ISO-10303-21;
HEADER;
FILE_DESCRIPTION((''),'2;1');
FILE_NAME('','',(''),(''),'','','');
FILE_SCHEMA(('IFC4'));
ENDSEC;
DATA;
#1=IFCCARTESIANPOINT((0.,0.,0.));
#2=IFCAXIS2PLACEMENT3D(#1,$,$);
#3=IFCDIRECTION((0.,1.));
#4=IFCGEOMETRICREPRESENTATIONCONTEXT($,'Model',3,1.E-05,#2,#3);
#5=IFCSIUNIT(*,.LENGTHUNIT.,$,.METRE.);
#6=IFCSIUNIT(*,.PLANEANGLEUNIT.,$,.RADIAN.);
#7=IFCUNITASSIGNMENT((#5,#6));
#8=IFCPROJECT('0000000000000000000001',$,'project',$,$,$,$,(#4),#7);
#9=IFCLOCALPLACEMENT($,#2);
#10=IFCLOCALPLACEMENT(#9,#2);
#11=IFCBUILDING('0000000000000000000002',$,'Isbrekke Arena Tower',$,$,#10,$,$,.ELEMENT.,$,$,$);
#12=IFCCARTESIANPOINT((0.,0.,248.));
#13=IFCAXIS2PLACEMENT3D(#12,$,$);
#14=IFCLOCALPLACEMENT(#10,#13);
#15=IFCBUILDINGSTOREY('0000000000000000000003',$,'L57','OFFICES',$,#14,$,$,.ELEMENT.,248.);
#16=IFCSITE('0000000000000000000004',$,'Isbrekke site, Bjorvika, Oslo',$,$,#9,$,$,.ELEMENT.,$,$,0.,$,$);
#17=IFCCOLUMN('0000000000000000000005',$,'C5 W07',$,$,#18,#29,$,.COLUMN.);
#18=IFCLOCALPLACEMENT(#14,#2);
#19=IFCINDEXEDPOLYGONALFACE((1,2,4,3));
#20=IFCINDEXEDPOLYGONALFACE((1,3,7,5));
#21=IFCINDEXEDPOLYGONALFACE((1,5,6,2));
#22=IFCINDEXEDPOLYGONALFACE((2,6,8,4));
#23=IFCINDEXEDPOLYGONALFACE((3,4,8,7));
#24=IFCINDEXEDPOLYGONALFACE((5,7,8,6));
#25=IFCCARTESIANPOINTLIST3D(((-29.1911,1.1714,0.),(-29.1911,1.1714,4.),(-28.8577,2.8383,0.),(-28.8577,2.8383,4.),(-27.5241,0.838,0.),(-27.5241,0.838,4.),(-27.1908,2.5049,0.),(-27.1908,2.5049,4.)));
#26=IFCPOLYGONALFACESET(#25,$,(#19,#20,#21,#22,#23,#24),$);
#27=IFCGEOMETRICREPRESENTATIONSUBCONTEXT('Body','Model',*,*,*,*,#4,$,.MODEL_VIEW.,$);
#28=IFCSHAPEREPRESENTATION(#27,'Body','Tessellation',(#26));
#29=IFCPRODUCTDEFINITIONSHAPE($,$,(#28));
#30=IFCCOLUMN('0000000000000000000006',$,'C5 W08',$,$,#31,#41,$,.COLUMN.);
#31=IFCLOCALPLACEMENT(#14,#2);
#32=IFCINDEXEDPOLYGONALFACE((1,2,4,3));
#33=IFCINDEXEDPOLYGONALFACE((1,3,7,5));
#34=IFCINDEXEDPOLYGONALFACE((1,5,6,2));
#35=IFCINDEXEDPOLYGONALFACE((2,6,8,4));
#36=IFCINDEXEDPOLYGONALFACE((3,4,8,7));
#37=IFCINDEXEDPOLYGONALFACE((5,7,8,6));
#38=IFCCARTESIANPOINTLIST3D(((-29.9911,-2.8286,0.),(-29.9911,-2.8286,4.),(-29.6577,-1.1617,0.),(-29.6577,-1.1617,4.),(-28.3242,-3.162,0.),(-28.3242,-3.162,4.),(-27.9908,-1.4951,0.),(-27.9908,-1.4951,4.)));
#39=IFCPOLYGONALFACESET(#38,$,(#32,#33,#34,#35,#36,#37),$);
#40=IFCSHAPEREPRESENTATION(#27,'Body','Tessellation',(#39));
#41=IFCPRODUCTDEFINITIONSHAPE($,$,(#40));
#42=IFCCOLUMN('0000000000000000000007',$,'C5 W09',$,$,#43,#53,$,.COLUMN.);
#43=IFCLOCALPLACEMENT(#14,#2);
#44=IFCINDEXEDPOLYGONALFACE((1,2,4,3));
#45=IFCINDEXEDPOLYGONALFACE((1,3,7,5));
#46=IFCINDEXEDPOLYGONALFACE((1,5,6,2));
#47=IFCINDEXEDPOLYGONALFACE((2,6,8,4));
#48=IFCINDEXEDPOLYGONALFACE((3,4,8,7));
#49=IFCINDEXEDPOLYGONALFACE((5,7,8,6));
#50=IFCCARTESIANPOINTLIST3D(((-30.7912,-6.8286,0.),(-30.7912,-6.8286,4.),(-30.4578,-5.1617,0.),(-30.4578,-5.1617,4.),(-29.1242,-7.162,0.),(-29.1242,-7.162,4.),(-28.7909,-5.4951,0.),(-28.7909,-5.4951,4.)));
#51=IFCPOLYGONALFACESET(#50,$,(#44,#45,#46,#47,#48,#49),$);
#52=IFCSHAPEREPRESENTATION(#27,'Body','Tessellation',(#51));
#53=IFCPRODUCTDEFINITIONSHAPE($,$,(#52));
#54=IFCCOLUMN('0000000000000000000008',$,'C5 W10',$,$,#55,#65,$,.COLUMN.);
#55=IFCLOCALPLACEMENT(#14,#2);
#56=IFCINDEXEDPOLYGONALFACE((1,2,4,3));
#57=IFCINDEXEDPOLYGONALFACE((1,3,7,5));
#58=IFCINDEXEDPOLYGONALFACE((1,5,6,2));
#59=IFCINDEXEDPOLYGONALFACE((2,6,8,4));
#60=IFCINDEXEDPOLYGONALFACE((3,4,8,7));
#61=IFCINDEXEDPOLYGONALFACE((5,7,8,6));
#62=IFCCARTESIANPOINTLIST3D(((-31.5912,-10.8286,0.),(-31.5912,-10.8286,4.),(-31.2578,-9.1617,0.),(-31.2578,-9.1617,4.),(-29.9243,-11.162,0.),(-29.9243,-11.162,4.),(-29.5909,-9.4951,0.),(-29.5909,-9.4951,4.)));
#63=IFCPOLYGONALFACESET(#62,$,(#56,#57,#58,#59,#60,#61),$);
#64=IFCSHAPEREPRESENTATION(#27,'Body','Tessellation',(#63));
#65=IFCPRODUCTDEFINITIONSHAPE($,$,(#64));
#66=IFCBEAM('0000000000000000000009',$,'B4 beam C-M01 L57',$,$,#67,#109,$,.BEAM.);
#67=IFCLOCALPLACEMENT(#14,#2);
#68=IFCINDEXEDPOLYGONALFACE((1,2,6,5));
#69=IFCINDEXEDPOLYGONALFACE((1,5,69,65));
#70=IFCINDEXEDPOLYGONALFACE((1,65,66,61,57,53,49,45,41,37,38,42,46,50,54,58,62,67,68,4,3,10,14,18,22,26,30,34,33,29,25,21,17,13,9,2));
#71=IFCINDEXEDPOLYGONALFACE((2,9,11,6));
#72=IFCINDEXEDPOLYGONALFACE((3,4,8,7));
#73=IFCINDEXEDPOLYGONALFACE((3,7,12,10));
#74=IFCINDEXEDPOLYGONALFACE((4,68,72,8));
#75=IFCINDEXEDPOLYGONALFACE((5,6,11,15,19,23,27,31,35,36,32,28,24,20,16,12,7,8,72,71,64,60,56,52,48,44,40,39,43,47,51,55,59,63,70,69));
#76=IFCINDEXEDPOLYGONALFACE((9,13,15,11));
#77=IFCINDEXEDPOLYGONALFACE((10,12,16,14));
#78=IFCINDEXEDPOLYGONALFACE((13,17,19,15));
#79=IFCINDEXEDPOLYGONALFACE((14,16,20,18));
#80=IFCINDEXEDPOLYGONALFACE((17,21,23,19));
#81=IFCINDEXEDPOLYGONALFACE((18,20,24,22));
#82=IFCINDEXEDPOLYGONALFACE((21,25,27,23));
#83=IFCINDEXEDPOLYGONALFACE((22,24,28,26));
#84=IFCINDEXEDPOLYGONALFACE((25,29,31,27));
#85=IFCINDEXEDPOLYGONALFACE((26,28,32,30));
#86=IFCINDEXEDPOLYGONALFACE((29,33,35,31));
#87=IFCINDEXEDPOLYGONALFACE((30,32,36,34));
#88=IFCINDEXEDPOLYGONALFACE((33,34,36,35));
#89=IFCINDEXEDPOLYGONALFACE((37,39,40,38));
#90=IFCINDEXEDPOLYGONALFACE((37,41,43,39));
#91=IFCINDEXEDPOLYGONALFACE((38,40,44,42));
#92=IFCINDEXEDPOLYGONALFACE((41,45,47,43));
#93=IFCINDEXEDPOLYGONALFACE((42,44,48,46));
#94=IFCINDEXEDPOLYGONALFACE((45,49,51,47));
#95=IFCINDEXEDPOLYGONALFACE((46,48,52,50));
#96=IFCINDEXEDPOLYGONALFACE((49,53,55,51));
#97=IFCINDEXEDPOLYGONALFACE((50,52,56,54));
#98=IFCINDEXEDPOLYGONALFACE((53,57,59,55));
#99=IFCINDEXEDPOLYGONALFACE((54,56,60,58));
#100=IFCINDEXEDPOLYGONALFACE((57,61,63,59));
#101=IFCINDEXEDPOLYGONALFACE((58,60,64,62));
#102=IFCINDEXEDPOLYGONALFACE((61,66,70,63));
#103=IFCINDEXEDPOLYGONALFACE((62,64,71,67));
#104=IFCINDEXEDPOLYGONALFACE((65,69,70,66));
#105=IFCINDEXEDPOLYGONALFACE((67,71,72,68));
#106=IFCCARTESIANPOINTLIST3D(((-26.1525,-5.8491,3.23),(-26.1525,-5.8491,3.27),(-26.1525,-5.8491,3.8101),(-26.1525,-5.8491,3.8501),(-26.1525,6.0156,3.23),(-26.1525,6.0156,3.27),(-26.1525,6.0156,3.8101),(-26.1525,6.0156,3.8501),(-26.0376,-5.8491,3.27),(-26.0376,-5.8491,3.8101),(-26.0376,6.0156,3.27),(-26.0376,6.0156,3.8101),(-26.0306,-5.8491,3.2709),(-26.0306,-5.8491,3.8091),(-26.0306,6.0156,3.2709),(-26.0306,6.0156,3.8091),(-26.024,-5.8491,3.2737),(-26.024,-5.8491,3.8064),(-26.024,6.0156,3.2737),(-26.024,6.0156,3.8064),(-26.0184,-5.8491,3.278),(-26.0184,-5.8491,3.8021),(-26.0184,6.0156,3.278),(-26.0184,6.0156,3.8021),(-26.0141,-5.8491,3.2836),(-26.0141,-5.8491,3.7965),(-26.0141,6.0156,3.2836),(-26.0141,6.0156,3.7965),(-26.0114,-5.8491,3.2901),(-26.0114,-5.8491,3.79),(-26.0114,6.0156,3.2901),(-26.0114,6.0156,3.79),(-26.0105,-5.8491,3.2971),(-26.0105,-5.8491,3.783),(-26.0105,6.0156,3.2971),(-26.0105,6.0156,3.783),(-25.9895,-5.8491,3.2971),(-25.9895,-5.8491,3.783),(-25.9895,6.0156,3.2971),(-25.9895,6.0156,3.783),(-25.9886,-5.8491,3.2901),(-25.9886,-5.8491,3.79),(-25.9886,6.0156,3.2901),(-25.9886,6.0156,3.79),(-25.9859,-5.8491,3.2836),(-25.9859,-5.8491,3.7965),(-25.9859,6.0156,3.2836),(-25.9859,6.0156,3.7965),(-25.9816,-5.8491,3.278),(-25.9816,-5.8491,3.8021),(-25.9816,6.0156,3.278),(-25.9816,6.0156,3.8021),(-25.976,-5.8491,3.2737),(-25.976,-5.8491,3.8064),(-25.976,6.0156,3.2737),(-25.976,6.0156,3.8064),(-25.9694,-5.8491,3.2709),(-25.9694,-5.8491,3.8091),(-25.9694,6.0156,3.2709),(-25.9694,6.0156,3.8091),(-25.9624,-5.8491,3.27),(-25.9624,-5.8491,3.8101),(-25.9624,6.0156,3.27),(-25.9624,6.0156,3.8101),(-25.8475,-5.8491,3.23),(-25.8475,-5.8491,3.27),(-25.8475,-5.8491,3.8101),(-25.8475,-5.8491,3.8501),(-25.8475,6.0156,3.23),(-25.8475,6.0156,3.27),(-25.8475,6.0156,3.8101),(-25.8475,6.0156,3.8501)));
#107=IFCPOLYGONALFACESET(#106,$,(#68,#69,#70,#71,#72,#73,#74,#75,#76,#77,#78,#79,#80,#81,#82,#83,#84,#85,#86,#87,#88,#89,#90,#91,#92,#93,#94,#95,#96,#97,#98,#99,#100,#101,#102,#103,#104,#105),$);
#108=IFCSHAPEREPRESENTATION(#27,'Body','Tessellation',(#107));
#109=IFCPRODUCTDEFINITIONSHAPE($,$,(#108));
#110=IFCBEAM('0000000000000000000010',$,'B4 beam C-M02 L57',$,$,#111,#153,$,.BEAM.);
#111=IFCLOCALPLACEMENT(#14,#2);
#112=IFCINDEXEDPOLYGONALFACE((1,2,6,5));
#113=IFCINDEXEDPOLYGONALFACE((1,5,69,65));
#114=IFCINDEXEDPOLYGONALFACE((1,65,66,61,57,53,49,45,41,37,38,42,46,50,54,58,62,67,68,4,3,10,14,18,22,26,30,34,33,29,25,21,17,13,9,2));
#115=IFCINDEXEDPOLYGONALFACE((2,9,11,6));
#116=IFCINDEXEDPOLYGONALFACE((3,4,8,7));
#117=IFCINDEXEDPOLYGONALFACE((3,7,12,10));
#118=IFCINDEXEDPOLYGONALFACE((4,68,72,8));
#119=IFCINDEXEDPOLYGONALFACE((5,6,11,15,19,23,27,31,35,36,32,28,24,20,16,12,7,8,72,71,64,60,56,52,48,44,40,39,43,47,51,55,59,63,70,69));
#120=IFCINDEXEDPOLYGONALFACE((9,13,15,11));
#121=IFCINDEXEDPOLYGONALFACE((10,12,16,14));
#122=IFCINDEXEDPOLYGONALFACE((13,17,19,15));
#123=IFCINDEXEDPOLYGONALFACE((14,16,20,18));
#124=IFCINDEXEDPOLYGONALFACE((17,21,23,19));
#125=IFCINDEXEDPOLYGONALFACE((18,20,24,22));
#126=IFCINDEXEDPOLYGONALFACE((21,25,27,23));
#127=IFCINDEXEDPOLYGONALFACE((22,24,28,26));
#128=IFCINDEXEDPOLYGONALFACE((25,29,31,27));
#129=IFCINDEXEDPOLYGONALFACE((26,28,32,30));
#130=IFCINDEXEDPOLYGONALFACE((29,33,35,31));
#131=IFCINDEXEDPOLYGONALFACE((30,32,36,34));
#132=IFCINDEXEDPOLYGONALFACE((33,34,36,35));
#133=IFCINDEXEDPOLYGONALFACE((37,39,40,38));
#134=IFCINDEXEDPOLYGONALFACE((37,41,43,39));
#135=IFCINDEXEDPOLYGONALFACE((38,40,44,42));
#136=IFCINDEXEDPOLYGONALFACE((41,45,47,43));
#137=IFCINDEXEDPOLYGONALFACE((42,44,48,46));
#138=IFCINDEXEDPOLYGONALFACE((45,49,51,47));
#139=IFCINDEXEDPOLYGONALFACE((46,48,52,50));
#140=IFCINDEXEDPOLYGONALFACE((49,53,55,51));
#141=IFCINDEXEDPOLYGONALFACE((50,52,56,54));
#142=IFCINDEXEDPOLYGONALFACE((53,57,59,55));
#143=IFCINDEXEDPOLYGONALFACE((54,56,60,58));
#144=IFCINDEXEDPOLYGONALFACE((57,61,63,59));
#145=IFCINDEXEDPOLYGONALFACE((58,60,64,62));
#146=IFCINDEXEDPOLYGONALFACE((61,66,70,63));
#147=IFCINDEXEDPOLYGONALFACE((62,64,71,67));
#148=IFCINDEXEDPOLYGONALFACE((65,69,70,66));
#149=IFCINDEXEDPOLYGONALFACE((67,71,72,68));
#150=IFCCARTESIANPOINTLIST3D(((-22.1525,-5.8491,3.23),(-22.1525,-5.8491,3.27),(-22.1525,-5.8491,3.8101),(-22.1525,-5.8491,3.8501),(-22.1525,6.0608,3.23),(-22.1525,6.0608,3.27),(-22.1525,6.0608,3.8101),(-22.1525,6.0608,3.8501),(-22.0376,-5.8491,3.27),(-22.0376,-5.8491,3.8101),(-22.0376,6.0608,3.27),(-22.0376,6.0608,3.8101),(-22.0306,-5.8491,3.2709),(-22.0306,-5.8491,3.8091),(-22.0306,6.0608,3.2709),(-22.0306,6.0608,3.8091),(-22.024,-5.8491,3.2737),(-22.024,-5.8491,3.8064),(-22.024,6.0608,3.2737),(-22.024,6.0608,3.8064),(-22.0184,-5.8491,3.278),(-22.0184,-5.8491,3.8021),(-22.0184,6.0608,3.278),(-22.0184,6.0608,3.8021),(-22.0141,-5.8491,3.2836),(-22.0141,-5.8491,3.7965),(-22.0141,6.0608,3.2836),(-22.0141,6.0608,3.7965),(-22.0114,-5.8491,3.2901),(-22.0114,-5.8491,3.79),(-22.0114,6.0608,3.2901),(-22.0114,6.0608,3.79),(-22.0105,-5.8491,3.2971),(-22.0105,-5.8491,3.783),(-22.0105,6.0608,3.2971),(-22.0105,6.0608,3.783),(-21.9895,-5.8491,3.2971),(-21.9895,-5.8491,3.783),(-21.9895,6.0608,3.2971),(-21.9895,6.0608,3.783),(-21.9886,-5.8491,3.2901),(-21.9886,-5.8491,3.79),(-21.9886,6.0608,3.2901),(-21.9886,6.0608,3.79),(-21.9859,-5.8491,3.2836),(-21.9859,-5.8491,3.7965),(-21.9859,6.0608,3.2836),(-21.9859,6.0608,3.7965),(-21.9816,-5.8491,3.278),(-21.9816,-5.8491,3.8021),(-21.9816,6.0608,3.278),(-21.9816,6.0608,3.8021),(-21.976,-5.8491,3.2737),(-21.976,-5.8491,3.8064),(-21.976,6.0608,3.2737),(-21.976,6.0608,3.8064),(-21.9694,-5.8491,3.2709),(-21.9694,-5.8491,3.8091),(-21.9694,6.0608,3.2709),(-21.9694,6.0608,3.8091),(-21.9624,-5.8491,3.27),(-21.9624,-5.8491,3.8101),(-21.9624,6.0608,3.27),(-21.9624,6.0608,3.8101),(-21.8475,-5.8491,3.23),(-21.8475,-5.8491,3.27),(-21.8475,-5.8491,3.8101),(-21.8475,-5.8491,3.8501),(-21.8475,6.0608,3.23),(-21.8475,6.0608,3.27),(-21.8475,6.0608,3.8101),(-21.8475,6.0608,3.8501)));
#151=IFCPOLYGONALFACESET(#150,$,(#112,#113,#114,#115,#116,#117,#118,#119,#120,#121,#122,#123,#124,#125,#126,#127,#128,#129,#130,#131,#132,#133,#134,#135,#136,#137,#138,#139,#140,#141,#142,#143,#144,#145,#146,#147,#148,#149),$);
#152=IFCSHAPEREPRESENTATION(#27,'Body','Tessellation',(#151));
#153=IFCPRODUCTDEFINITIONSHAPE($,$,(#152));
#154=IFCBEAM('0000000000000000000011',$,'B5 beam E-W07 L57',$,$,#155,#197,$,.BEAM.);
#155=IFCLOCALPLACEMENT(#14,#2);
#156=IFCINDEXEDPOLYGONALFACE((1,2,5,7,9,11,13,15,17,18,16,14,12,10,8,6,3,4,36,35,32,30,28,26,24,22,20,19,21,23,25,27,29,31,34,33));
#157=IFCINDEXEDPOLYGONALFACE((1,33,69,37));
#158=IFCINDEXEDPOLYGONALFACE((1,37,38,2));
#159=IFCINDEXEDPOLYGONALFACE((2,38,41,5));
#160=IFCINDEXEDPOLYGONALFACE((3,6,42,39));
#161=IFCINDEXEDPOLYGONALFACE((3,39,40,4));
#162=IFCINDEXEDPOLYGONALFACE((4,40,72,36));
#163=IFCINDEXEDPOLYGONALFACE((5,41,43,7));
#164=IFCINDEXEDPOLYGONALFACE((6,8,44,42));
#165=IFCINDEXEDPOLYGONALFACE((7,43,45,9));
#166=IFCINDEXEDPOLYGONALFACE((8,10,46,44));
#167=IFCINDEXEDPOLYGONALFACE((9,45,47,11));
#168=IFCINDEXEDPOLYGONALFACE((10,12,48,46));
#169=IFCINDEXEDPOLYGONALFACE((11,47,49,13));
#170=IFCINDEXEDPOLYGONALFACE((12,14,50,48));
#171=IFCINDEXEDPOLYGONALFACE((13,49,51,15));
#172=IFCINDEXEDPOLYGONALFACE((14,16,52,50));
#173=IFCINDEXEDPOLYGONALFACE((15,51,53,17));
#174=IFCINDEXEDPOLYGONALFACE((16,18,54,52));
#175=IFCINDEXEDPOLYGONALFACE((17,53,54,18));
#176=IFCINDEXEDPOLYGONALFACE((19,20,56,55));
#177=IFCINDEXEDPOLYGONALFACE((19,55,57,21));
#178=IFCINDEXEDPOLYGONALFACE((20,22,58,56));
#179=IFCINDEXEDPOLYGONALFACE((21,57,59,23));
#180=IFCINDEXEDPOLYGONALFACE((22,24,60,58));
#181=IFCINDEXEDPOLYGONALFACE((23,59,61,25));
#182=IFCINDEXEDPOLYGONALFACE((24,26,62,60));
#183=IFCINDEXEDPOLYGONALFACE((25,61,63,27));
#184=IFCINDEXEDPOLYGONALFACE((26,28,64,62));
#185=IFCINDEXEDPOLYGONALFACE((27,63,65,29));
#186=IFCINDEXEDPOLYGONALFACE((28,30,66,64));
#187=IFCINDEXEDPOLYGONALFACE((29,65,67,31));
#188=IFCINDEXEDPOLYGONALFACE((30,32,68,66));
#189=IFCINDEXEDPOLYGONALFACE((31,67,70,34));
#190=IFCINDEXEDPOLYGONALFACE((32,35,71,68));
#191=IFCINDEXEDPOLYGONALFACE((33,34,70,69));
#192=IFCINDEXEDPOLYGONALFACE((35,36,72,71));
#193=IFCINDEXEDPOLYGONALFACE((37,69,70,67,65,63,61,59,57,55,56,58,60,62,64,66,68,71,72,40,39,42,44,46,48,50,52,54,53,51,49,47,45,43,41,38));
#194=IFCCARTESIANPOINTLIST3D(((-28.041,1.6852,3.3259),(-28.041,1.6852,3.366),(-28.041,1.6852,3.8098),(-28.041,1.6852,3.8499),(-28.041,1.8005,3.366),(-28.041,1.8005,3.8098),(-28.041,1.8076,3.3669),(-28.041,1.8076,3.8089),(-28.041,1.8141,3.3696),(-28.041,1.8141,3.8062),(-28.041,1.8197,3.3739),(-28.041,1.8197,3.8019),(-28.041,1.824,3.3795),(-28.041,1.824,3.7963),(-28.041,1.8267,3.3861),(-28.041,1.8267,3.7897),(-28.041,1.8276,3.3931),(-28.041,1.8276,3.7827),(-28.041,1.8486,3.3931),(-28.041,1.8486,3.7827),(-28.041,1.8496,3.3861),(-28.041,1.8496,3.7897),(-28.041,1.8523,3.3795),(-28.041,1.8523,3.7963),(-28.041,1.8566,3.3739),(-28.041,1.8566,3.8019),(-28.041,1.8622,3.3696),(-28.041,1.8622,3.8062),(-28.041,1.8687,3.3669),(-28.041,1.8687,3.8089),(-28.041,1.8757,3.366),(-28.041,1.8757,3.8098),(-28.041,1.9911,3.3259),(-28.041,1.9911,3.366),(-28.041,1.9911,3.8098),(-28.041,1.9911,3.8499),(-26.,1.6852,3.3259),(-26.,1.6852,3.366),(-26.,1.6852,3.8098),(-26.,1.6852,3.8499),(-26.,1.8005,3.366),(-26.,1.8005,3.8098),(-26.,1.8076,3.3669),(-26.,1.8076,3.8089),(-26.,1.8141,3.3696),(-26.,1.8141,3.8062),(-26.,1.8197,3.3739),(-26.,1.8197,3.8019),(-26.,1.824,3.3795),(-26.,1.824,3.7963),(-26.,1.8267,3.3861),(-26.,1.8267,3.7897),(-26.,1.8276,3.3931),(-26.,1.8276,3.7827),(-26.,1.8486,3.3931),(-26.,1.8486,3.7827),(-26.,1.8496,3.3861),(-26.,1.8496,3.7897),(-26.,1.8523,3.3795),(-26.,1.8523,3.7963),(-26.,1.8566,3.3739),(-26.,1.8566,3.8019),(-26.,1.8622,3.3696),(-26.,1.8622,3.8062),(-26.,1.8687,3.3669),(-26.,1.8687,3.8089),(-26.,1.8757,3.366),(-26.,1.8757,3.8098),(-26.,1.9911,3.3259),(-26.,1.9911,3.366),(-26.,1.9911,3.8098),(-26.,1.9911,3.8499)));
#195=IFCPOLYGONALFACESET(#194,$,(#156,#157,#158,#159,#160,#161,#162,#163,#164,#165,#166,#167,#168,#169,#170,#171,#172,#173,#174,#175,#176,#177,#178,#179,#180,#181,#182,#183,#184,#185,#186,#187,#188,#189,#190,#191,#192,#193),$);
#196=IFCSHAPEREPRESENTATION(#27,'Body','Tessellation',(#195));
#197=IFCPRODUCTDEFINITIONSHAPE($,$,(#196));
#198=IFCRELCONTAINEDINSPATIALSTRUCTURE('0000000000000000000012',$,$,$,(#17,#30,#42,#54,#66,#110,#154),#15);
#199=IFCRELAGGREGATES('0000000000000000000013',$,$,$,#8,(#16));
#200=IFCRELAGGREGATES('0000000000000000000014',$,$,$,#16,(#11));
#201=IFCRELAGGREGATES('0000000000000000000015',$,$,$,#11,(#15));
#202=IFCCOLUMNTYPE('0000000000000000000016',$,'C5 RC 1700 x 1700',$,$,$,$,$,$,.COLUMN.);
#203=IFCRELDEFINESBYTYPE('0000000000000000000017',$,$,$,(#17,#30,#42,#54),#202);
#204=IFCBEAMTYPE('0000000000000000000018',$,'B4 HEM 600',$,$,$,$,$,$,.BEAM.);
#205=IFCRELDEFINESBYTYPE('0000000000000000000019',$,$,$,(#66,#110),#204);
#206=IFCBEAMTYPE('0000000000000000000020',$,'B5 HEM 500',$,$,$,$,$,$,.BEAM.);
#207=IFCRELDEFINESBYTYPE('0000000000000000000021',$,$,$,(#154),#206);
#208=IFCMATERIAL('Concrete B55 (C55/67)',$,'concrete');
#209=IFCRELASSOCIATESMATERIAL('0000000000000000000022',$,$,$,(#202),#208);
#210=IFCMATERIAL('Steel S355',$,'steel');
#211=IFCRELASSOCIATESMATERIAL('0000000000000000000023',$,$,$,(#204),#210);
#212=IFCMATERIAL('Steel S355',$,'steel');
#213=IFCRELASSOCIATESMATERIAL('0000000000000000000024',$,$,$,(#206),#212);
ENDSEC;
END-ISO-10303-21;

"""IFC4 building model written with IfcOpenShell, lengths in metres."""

from ifc_helpers import new_model, si_unit, direction, frame, origin, origin_2d, place, context, subcontext, project, spatial, rectangle, i_section, extrude, material, material_profile, profile_set, type_object, element, save


model = new_model("IFC4")

# Units and contexts
model_context = context("Model", 3, precision=1e-05, world=origin(), true_north=direction((0.0, 1.0)))
body_context = subcontext(model_context, "Body", "Model", "MODEL_VIEW")
ifc_project = project(units=[si_unit("LENGTHUNIT", "METRE"), si_unit("PLANEANGLEUNIT", "RADIAN")], contexts=[model_context])

# Site, building, storey
site_placement = place(None, origin())
site = spatial("IfcSite", under=ifc_project, at=site_placement, Name="Isbrekke site, Bjorvika, Oslo", CompositionType="ELEMENT", RefElevation=0.0)
building_placement = place(site_placement, origin())
building = spatial("IfcBuilding", under=site, at=building_placement, Name="Isbrekke Arena Tower", CompositionType="ELEMENT")
storey_placement = place(building_placement, frame((0.0, 0.0, 248.0)))
storey = spatial("IfcBuildingStorey", under=building, at=storey_placement, Name="L57", Description="OFFICES", CompositionType="ELEMENT", Elevation=248.0)

# Columns
ifc_material_1 = material(Name="Concrete B55 (C55/67)", Category="concrete")
ifc_material_profile_1 = material_profile(ifc_material_1, rectangle(XDim=1.7, YDim=1.7, at=origin_2d()), Name="RC 1700x1700")
ifc_profile_set_1 = profile_set([ifc_material_profile_1], Name="Concrete B55 (C55/67)")
column_type = type_object("IfcColumnType", Name="C5 RC 1700 x 1700", PredefinedType="COLUMN", material=ifc_profile_set_1)
for number, where, z_axis, x_axis, name in (
    (1, (-28.1909, 1.8381, 0.0), (0.0, 0.0, 1.0), (-0.196116, -0.980581, 0.0), "C5 W07"),
    (2, (-28.991, -2.1619, 0.0), (0.0, 0.0, 1.0), (-0.196116, -0.980581, 0.0), "C5 W08"),
    (3, (-29.791, -6.1619, 0.0), (0.0, 0.0, 1.0), (-0.196116, -0.980581, 0.0), "C5 W09"),
    (4, (-30.5911, -10.1619, 0.0), (0.0, 0.0, 1.0), (-0.196116, -0.980581, 0.0), "C5 W10"),
):
    element("IfcColumn", number, at=place(storey_placement, frame(where, z_axis=z_axis, x_axis=x_axis)), inside=storey, type_object=column_type, Name=name, PredefinedType="COLUMN", context=body_context, shape_type="SweptSolid", body=[
        extrude(rectangle(XDim=1.7, YDim=1.7, at=origin_2d()), origin(), (0.0, 0.0, 1.0), 4.0),
    ])

# Beams
ifc_material_2 = material(Name="Steel S355", Category="steel")
ifc_material_profile_2 = material_profile(ifc_material_2, i_section(OverallWidth=0.3049, OverallDepth=0.6201, WebThickness=0.021, FlangeThickness=0.04, FilletRadius=0.0271, at=origin_2d()), Name="HEM 600")
ifc_profile_set_2 = profile_set([ifc_material_profile_2], Name="Steel S355")
beam_type_1 = type_object("IfcBeamType", Name="B4 HEM 600", PredefinedType="BEAM", material=ifc_profile_set_2)
beam_1_placement = place(storey_placement, frame((-26.0, -5.8491, 3.54), z_axis=(0.0, 1.0, 0.0), x_axis=(-1.0, 0.0, 0.0)))
element("IfcBeam", 5, at=beam_1_placement, inside=storey, type_object=beam_type_1, Name="B4 beam C-M01 L57", PredefinedType="BEAM", context=body_context, shape_type="SweptSolid", body=[
    extrude(i_section(OverallWidth=0.3049, OverallDepth=0.6201, WebThickness=0.021, FlangeThickness=0.04, FilletRadius=0.0271, at=origin_2d()), origin(), (0.0, 0.0, 1.0), 11.8647),
])
beam_2_placement = place(storey_placement, frame((-22.0, -5.8491, 3.54), z_axis=(0.0, 1.0, 0.0), x_axis=(-1.0, 0.0, 0.0)))
element("IfcBeam", 6, at=beam_2_placement, inside=storey, type_object=beam_type_1, Name="B4 beam C-M02 L57", PredefinedType="BEAM", context=body_context, shape_type="SweptSolid", body=[
    extrude(i_section(OverallWidth=0.3049, OverallDepth=0.6201, WebThickness=0.021, FlangeThickness=0.04, FilletRadius=0.0271, at=origin_2d()), origin(), (0.0, 0.0, 1.0), 11.9099),
])
ifc_material_3 = material(Name="Steel S355", Category="steel")
ifc_material_profile_3 = material_profile(ifc_material_3, i_section(OverallWidth=0.3059, OverallDepth=0.5239, WebThickness=0.021, FlangeThickness=0.04, FilletRadius=0.0271, at=origin_2d()), Name="HEM 500")
ifc_profile_set_3 = profile_set([ifc_material_profile_3], Name="Steel S355")
beam_type_2 = type_object("IfcBeamType", Name="B5 HEM 500", PredefinedType="BEAM", material=ifc_profile_set_3)
beam_3_placement = place(storey_placement, frame((-28.041, 1.8381, 3.5879), z_axis=(1.0, 0.0, 0.0), x_axis=(0.0, 1.0, 0.0)))
element("IfcBeam", 7, at=beam_3_placement, inside=storey, type_object=beam_type_2, Name="B5 beam E-W07 L57", PredefinedType="BEAM", context=body_context, shape_type="SweptSolid", body=[
    extrude(i_section(OverallWidth=0.3059, OverallDepth=0.5239, WebThickness=0.021, FlangeThickness=0.04, FilletRadius=0.0271, at=origin_2d()), origin(), (0.0, 0.0, 1.0), 2.041),
])

save(model, "model.ifc")
